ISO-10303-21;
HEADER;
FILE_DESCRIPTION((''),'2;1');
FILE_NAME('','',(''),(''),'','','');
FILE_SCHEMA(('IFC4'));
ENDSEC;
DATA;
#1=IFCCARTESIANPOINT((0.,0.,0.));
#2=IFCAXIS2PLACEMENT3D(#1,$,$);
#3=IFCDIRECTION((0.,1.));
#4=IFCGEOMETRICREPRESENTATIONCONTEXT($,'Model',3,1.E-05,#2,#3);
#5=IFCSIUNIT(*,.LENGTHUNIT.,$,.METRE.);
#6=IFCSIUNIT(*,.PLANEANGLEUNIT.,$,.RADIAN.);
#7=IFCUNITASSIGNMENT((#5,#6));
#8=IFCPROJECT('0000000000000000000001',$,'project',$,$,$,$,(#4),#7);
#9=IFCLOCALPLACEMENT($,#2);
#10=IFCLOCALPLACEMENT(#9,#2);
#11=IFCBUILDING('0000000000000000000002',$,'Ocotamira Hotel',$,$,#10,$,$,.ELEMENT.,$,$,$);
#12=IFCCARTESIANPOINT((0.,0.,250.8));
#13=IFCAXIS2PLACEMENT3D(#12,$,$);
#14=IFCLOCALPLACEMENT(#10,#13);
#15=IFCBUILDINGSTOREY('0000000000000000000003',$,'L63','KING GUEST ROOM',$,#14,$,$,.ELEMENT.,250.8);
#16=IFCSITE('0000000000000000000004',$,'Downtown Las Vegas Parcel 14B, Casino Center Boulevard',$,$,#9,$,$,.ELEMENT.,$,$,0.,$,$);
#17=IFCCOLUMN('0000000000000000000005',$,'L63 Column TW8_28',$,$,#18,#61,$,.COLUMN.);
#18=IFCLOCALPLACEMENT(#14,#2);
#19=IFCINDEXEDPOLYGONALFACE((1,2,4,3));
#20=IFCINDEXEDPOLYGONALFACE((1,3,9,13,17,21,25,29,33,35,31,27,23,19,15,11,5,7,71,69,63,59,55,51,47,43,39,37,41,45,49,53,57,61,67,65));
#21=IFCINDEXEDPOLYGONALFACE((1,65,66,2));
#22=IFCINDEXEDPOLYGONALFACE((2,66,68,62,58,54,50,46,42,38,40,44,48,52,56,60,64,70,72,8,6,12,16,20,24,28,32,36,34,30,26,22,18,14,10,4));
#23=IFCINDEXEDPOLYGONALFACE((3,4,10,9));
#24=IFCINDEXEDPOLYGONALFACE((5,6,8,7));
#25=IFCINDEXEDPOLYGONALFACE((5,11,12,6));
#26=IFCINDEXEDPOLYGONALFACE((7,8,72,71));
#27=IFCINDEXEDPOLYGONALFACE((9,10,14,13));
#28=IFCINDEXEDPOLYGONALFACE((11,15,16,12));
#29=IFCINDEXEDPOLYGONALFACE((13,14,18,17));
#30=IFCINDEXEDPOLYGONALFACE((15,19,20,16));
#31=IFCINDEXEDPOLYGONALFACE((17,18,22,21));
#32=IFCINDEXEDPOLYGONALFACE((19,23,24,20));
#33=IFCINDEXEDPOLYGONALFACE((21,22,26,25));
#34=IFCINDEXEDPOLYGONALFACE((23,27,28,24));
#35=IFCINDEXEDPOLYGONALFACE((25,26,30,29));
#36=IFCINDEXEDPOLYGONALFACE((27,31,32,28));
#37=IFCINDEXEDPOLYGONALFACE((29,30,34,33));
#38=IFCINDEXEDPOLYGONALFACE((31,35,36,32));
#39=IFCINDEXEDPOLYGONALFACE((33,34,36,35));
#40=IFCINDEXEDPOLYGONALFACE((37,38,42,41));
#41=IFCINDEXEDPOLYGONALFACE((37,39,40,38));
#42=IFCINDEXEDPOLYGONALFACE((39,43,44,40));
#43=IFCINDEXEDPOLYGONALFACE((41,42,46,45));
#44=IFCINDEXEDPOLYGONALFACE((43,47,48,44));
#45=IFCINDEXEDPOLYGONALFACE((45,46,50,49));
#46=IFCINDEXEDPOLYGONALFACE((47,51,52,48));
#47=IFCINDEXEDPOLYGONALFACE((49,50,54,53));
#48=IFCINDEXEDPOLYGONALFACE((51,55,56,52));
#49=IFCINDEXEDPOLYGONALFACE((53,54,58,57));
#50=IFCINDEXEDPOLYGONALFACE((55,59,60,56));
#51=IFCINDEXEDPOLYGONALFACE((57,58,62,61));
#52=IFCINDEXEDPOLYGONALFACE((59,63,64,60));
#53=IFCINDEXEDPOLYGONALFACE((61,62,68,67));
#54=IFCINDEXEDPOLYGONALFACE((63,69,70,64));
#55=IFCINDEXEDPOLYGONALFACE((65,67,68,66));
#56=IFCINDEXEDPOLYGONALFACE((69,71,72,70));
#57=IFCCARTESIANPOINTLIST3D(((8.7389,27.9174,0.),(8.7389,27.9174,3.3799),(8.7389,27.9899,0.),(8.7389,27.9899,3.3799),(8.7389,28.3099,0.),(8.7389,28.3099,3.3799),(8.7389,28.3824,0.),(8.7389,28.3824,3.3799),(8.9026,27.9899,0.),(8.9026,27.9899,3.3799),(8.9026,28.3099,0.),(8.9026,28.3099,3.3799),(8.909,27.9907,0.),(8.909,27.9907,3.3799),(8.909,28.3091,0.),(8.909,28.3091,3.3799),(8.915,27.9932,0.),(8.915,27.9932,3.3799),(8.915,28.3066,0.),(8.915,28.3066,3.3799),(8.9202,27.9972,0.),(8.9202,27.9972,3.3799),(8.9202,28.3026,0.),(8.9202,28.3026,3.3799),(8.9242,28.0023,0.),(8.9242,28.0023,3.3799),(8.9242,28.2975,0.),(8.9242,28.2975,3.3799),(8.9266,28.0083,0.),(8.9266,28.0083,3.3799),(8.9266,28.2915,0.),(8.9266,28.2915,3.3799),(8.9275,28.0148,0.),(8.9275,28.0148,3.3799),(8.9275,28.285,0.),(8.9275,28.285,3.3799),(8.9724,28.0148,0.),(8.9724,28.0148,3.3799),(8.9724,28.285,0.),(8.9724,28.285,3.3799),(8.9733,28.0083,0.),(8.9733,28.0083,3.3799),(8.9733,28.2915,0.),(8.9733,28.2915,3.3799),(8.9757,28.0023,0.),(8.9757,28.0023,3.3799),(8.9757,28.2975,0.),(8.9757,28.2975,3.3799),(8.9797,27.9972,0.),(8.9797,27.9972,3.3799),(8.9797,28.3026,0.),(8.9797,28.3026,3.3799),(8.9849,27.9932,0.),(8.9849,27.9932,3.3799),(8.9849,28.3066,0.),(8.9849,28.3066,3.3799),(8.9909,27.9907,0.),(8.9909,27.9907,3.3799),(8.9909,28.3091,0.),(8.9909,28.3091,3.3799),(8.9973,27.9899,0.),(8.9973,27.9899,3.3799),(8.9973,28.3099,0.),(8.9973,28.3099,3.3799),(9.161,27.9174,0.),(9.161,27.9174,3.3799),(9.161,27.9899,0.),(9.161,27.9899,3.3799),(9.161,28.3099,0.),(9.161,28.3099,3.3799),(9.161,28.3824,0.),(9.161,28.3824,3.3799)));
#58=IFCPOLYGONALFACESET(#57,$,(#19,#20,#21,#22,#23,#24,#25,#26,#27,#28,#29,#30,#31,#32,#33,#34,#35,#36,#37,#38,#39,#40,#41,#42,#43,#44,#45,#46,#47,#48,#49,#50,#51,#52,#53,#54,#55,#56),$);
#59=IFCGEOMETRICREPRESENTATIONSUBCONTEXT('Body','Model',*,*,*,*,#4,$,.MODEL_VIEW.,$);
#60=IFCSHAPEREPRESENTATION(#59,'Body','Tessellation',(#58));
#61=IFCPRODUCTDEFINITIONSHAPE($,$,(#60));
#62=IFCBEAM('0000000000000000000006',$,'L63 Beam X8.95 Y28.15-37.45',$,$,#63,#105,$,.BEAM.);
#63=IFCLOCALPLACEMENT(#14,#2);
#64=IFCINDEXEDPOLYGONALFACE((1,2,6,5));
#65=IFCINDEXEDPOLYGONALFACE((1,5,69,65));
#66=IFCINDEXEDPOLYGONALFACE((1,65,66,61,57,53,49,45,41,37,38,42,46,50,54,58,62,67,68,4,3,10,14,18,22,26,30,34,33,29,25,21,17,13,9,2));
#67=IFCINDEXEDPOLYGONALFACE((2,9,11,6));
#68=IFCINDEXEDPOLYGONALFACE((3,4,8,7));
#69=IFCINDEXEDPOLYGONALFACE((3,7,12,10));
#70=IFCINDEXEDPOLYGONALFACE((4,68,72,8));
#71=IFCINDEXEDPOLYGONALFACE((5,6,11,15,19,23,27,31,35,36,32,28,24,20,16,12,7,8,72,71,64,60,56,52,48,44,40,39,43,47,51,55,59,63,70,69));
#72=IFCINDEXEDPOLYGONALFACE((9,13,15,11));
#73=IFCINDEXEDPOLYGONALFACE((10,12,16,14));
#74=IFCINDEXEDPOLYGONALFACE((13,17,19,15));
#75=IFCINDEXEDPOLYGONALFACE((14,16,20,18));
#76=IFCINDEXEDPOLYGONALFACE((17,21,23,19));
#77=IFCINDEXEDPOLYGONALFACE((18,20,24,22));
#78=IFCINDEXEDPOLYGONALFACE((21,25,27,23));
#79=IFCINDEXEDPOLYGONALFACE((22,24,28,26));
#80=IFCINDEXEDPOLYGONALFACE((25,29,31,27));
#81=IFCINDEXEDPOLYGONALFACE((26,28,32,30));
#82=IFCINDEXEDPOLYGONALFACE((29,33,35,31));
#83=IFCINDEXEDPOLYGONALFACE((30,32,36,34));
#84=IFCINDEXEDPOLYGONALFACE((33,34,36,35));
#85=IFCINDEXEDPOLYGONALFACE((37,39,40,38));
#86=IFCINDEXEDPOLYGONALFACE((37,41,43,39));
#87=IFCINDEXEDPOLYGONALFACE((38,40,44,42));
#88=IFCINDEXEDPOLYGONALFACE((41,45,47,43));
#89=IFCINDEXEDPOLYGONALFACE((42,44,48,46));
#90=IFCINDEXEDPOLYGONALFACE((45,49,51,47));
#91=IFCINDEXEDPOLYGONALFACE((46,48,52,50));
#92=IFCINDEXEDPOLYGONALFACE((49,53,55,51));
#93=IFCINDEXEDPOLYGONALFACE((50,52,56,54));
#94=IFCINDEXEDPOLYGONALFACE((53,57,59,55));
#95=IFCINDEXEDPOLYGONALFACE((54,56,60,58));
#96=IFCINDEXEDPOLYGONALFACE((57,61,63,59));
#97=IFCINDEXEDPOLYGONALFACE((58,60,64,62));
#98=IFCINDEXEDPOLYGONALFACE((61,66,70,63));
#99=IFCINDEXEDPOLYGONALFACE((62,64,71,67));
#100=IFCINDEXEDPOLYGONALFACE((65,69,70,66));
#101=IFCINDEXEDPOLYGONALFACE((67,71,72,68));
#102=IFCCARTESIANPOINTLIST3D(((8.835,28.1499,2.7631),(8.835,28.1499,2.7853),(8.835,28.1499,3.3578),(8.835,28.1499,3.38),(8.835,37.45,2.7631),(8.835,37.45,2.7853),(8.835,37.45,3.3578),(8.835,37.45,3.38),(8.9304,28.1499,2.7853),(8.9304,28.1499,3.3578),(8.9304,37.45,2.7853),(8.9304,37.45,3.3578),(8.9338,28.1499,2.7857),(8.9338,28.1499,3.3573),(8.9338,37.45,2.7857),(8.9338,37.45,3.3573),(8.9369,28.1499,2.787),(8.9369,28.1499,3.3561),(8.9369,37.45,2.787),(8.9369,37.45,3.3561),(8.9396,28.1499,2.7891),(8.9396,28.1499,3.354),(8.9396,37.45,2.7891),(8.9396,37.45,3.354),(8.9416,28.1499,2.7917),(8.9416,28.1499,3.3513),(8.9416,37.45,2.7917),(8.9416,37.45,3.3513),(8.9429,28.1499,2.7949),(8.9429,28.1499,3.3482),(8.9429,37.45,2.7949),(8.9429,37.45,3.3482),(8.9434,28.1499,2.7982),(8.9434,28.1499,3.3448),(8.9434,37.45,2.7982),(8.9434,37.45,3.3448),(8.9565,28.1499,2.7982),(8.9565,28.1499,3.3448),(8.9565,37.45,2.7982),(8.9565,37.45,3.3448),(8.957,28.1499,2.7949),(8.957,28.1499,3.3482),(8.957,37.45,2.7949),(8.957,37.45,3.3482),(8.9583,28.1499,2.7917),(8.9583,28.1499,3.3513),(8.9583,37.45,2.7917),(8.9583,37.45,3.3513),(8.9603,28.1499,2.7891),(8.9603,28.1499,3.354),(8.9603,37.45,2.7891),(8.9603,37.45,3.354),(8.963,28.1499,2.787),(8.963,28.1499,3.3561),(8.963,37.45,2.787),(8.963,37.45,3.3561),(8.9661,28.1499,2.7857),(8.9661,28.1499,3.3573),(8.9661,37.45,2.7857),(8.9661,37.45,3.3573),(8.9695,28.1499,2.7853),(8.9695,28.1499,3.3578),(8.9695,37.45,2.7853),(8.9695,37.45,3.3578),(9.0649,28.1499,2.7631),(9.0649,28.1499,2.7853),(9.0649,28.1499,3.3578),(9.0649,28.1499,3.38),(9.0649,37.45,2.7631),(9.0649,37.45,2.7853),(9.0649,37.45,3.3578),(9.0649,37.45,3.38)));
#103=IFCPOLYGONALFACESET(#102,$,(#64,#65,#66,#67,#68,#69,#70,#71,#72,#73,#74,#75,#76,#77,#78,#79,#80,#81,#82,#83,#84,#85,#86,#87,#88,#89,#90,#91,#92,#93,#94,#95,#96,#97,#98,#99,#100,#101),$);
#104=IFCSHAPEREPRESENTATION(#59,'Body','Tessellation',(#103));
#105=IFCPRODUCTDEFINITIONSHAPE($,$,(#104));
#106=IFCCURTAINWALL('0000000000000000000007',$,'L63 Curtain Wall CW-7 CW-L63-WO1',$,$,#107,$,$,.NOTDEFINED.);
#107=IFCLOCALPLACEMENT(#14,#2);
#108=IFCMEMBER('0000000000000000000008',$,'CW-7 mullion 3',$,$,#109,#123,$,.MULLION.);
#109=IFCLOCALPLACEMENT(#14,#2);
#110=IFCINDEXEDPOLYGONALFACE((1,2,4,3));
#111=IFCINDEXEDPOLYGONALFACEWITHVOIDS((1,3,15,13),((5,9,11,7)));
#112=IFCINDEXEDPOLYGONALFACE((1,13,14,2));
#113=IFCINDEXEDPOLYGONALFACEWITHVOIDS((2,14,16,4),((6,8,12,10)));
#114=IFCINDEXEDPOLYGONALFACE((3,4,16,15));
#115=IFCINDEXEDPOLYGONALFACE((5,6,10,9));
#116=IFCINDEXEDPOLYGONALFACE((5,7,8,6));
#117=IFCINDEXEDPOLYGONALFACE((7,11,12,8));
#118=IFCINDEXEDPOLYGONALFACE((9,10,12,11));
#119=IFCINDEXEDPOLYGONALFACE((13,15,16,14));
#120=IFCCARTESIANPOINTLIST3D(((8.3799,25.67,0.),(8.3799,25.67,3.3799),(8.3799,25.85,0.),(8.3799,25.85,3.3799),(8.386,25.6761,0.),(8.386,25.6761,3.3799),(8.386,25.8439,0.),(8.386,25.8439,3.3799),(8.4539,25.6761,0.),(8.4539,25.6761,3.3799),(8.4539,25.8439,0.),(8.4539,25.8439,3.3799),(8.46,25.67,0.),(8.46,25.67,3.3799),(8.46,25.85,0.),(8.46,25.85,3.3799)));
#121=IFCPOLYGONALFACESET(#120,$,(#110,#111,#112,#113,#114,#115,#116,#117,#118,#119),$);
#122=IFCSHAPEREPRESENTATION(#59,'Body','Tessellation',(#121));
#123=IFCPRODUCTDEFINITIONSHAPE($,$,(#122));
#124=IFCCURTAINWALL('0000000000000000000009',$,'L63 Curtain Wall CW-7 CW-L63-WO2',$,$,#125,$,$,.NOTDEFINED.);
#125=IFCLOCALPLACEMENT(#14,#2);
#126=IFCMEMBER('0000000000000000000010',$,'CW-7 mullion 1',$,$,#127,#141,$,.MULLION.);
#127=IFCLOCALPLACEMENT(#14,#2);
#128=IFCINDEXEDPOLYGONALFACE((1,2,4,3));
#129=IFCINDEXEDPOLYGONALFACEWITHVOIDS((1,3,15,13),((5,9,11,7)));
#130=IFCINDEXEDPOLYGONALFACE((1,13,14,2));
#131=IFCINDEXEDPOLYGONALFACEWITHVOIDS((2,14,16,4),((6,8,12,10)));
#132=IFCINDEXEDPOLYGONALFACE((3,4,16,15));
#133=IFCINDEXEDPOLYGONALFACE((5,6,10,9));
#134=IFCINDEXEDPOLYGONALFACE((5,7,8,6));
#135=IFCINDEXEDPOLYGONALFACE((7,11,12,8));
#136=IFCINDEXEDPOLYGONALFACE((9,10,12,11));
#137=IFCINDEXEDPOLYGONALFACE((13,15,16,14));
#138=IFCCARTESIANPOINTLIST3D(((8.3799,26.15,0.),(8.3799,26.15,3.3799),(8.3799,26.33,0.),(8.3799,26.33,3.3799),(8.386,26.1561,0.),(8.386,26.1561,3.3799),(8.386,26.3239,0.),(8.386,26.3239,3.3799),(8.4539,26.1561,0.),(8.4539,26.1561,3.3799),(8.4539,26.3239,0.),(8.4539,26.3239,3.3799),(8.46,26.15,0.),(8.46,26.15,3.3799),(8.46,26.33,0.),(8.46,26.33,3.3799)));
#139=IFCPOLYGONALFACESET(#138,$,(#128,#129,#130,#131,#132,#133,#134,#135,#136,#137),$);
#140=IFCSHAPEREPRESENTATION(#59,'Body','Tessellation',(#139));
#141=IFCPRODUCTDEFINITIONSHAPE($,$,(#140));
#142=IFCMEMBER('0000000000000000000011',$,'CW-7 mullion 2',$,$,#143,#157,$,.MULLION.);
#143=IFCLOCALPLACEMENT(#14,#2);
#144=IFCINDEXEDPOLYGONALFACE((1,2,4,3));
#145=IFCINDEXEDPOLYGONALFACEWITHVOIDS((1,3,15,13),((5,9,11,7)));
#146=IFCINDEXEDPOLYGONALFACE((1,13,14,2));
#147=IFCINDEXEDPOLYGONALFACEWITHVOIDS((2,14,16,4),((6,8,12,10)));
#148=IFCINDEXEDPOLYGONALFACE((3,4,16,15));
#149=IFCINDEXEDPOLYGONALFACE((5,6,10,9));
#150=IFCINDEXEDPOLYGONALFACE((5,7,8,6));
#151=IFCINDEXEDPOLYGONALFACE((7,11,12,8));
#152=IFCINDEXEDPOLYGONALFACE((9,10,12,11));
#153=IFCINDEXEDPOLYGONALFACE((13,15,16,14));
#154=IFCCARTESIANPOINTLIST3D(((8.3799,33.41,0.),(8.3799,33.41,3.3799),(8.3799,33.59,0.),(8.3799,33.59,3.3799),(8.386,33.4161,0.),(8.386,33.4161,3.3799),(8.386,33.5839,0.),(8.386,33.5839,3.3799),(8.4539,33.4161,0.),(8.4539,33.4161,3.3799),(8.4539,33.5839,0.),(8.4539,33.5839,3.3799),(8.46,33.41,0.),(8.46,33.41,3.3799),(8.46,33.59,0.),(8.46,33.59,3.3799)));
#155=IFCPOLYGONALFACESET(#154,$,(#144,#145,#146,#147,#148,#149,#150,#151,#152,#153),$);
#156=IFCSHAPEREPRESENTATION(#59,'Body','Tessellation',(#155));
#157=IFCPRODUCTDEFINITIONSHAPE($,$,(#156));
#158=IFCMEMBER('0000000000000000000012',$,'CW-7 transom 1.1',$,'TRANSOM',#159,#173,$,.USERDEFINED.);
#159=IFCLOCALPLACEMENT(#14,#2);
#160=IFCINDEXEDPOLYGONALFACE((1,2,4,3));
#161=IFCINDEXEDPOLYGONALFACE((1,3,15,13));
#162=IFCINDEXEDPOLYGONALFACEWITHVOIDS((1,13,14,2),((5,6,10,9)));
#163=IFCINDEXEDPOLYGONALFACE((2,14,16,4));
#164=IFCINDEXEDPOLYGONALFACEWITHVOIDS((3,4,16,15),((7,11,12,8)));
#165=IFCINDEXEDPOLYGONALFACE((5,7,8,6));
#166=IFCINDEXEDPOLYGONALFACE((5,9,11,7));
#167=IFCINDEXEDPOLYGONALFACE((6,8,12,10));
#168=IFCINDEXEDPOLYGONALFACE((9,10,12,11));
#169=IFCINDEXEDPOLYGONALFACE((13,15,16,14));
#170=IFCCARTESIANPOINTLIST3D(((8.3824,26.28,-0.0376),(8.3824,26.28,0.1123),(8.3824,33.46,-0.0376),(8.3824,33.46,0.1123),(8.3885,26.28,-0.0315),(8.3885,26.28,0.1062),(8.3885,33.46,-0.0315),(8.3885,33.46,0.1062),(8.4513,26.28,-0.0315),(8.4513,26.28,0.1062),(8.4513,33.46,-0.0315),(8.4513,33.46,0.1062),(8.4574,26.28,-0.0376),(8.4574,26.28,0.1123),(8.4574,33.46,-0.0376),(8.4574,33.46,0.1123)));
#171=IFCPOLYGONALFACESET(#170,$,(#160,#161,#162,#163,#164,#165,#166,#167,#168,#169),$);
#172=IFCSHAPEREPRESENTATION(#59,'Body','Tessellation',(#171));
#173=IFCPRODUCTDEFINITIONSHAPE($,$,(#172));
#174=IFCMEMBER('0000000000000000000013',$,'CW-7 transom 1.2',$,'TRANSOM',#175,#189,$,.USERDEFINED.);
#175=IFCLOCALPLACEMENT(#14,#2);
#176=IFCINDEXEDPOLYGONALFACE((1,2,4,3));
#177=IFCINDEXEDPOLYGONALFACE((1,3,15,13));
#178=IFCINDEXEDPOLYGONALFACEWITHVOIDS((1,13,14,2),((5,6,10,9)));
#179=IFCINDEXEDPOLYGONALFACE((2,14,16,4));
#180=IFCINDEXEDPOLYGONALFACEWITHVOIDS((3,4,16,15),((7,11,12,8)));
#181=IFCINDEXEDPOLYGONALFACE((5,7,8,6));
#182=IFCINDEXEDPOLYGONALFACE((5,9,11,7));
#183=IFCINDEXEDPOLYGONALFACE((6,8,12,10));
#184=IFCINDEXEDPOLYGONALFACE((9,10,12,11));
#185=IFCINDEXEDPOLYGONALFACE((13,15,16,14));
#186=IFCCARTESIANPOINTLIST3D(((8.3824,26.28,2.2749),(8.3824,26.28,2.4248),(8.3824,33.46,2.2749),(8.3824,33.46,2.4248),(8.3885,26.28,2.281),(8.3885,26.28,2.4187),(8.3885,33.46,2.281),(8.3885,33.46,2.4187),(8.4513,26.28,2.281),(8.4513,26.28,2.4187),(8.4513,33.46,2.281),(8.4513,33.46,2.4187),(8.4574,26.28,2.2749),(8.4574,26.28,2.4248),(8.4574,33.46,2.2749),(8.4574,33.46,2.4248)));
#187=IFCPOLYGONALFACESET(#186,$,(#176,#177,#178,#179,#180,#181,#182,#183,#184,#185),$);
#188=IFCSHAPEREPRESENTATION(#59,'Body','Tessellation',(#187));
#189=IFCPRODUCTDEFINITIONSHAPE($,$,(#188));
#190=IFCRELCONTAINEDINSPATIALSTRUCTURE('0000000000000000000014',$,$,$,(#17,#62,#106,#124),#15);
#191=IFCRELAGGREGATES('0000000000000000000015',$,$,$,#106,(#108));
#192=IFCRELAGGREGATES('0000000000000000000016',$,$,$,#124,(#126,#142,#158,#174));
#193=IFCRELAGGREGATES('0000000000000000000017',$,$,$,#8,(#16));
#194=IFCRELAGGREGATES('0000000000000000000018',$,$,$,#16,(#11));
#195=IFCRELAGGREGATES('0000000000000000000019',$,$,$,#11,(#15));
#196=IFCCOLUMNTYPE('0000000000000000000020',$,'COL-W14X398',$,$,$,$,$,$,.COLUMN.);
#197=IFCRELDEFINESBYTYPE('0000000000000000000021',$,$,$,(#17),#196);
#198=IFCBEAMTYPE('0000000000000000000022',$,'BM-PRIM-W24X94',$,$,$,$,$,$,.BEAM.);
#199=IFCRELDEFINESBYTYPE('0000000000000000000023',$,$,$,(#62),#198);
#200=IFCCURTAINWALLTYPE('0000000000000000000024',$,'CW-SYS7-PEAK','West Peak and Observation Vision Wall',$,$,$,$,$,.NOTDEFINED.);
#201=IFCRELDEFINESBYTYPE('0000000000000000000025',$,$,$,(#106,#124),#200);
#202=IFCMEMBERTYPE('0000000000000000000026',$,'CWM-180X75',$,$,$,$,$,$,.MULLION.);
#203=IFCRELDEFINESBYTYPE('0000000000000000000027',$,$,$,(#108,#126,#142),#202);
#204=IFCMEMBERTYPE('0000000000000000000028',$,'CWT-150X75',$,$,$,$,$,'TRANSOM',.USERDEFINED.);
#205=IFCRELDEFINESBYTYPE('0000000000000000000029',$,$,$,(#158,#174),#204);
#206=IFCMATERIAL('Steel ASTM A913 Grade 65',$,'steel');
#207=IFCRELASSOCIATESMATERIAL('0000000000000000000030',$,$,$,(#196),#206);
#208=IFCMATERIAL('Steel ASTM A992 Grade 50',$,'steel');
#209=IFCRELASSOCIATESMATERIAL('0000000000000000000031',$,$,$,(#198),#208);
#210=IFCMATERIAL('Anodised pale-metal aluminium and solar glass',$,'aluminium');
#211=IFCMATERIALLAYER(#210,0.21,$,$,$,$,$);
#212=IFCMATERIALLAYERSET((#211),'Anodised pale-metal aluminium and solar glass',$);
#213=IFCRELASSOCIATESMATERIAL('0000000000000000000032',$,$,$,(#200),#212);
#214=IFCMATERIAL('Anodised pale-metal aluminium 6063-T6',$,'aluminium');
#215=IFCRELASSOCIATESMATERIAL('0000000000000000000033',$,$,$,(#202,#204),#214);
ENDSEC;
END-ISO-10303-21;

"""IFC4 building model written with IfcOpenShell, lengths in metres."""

from ifc_helpers import new_model, si_unit, direction, frame, origin, origin_2d, place, context, subcontext, project, spatial, hollow_rectangle, i_section, extrude, source, transform, mapped, material, layer, layer_set, material_profile, profile_set, type_object, element, aggregate, save


model = new_model("IFC4")

# Units and contexts
model_context = context("Model", 3, precision=1e-05, world=origin(), true_north=direction((0.0, 1.0)))
body_context = subcontext(model_context, "Body", "Model", "MODEL_VIEW")
ifc_project = project(units=[si_unit("LENGTHUNIT", "METRE"), si_unit("PLANEANGLEUNIT", "RADIAN")], contexts=[model_context])

# Site, building, storey
site_placement = place(None, origin())
site = spatial("IfcSite", under=ifc_project, at=site_placement, Name="Downtown Las Vegas Parcel 14B, Casino Center Boulevard", CompositionType="ELEMENT", RefElevation=0.0)
building_placement = place(site_placement, origin())
building = spatial("IfcBuilding", under=site, at=building_placement, Name="Ocotamira Hotel", CompositionType="ELEMENT")
storey_placement = place(building_placement, frame((0.0, 0.0, 250.8)))
storey = spatial("IfcBuildingStorey", under=building, at=storey_placement, Name="L63", Description="KING GUEST ROOM", CompositionType="ELEMENT", Elevation=250.8)

# Column
ifc_material_1 = material(Name="Steel ASTM A913 Grade 65", Category="steel")
ifc_material_profile_1 = material_profile(ifc_material_1, i_section(OverallWidth=0.4221, OverallDepth=0.4651, WebThickness=0.0449, FlangeThickness=0.0725, FilletRadius=0.0249, at=origin_2d()), Name="W14X398")
ifc_profile_set_1 = profile_set([ifc_material_profile_1], Name="Steel ASTM A913 Grade 65")
column_type = type_object("IfcColumnType", Name="COL-W14X398", PredefinedType="COLUMN", material=ifc_profile_set_1)
shared_shape_1 = source(origin(), body_context, "Body", "SweptSolid", [
    extrude(i_section(OverallWidth=0.4221, OverallDepth=0.4651, WebThickness=0.0449, FlangeThickness=0.0725, FilletRadius=0.0249, at=origin_2d()), origin(), (0.0, 0.0, 1.0), 3.3799),
])
column_placement = place(storey_placement, frame((8.95, 28.1499, 0.0), z_axis=(0.0, 0.0, 1.0), x_axis=(1.0, 0.0, 0.0)))
element("IfcColumn", 1, at=column_placement, inside=storey, type_object=column_type, Name="L63 Column TW8_28", PredefinedType="COLUMN", context=body_context, shape_type="MappedRepresentation", body=[
    mapped(shared_shape_1, transform((0.0, 0.0, 0.0), scale=1.0)),
])

# Beam
ifc_material_2 = material(Name="Steel ASTM A992 Grade 50", Category="steel")
ifc_material_profile_2 = material_profile(ifc_material_2, i_section(OverallWidth=0.23, OverallDepth=0.6169, WebThickness=0.0132, FlangeThickness=0.0222, FilletRadius=0.0129, at=origin_2d()), Name="W24X94")
ifc_profile_set_2 = profile_set([ifc_material_profile_2], Name="Steel ASTM A992 Grade 50")
beam_type = type_object("IfcBeamType", Name="BM-PRIM-W24X94", PredefinedType="BEAM", material=ifc_profile_set_2)
shared_shape_2 = source(origin(), body_context, "Body", "SweptSolid", [
    extrude(i_section(OverallWidth=0.23, OverallDepth=0.6169, WebThickness=0.0132, FlangeThickness=0.0222, FilletRadius=0.0129, at=origin_2d()), origin(), (0.0, 0.0, 1.0), 9.3),
])
beam_placement = place(storey_placement, frame((8.95, 28.1499, 3.0715), z_axis=(0.0, 1.0, 0.0), x_axis=(-1.0, 0.0, 0.0)))
element("IfcBeam", 2, at=beam_placement, inside=storey, type_object=beam_type, Name="L63 Beam X8.95 Y28.15-37.45", PredefinedType="BEAM", context=body_context, shape_type="MappedRepresentation", body=[
    mapped(shared_shape_2, transform((0.0, 0.0, 0.0), scale=1.0)),
])

# Curtain wall, member
ifc_material_3 = material(Name="Anodised pale-metal aluminium and solar glass", Category="aluminium")
ifc_layer_1 = layer(ifc_material_3, 0.21)
ifc_layer_set_1 = layer_set([ifc_layer_1], Name="Anodised pale-metal aluminium and solar glass")
curtain_wall_type = type_object("IfcCurtainWallType", Name="CW-SYS7-PEAK", Description="West Peak and Observation Vision Wall", PredefinedType="NOTDEFINED", material=ifc_layer_set_1)
curtain_wall_1_placement = place(storey_placement, origin())
curtain_wall_1 = element("IfcCurtainWall", 3, at=curtain_wall_1_placement, inside=storey, type_object=curtain_wall_type, Name="L63 Curtain Wall CW-7 CW-L63-WO1", PredefinedType="NOTDEFINED")
ifc_material_4 = material(Name="Anodised pale-metal aluminium 6063-T6", Category="aluminium")
ifc_material_profile_3 = material_profile(ifc_material_4, hollow_rectangle(XDim=0.0801, YDim=0.1799, WallThickness=0.0061, at=origin_2d()), Name="HSS180X80X6")
ifc_profile_set_3 = profile_set([ifc_material_profile_3], Name="Anodised pale-metal aluminium 6063-T6")
member_type_1 = type_object("IfcMemberType", Name="CWM-180X75", PredefinedType="MULLION", material=ifc_profile_set_3)
shared_shape_3 = source(origin(), body_context, "Body", "SweptSolid", [
    extrude(hollow_rectangle(XDim=0.0801, YDim=0.1799, WallThickness=0.0061, at=origin_2d()), origin(), (0.0, 0.0, 1.0), 3.3799),
])
member_1_placement = place(storey_placement, frame((8.4199, 25.76, 0.0), z_axis=(0.0, 0.0, 1.0), x_axis=(-1.0, 0.0, 0.0)))
member_1 = element("IfcMember", 4, at=member_1_placement, type_object=member_type_1, Name="CW-7 mullion 3", PredefinedType="MULLION", context=body_context, shape_type="MappedRepresentation", body=[
    mapped(shared_shape_3, transform((0.0, 0.0, 0.0), scale=1.0)),
])
aggregate(curtain_wall_1, [member_1])

# Curtain wall, members
curtain_wall_2_placement = place(storey_placement, origin())
curtain_wall_2 = element("IfcCurtainWall", 5, at=curtain_wall_2_placement, inside=storey, type_object=curtain_wall_type, Name="L63 Curtain Wall CW-7 CW-L63-WO2", PredefinedType="NOTDEFINED")
member_2_placement = place(storey_placement, frame((8.4199, 26.24, 0.0), z_axis=(0.0, 0.0, 1.0), x_axis=(-1.0, 0.0, 0.0)))
member_2 = element("IfcMember", 6, at=member_2_placement, type_object=member_type_1, Name="CW-7 mullion 1", PredefinedType="MULLION", context=body_context, shape_type="MappedRepresentation", body=[
    mapped(shared_shape_3, transform((0.0, 0.0, 0.0), scale=1.0)),
])
member_3_placement = place(storey_placement, frame((8.4199, 33.5, 0.0), z_axis=(0.0, 0.0, 1.0), x_axis=(-1.0, 0.0, 0.0)))
member_3 = element("IfcMember", 7, at=member_3_placement, type_object=member_type_1, Name="CW-7 mullion 2", PredefinedType="MULLION", context=body_context, shape_type="MappedRepresentation", body=[
    mapped(shared_shape_3, transform((0.0, 0.0, 0.0), scale=1.0)),
])
ifc_material_profile_4 = material_profile(ifc_material_4, hollow_rectangle(XDim=0.075, YDim=0.1499, WallThickness=0.0061, at=origin_2d()), Name="HSS150X75X6")
ifc_profile_set_4 = profile_set([ifc_material_profile_4], Name="Anodised pale-metal aluminium 6063-T6")
member_type_2 = type_object("IfcMemberType", Name="CWT-150X75", ElementType="TRANSOM", PredefinedType="USERDEFINED", material=ifc_profile_set_4)
shared_shape_4 = source(origin(), body_context, "Body", "SweptSolid", [
    extrude(hollow_rectangle(XDim=0.075, YDim=0.1499, WallThickness=0.0061, at=origin_2d()), origin(), (0.0, 0.0, 1.0), 7.1799),
])
member_4_placement = place(storey_placement, frame((8.4199, 26.28, 0.0374), z_axis=(0.0, 1.0, 0.0), x_axis=(-1.0, 0.0, 0.0)))
member_4 = element("IfcMember", 8, at=member_4_placement, type_object=member_type_2, Name="CW-7 transom 1.1", ObjectType="TRANSOM", PredefinedType="USERDEFINED", context=body_context, shape_type="MappedRepresentation", body=[
    mapped(shared_shape_4, transform((0.0, 0.0, 0.0), scale=1.0)),
])
member_5_placement = place(storey_placement, frame((8.4199, 26.28, 2.3499), z_axis=(0.0, 1.0, 0.0), x_axis=(-1.0, 0.0, 0.0)))
member_5 = element("IfcMember", 9, at=member_5_placement, type_object=member_type_2, Name="CW-7 transom 1.2", ObjectType="TRANSOM", PredefinedType="USERDEFINED", context=body_context, shape_type="MappedRepresentation", body=[
    mapped(shared_shape_4, transform((0.0, 0.0, 0.0), scale=1.0)),
])
aggregate(curtain_wall_2, [member_2, member_3, member_4, member_5])

save(model, "model.ifc")
